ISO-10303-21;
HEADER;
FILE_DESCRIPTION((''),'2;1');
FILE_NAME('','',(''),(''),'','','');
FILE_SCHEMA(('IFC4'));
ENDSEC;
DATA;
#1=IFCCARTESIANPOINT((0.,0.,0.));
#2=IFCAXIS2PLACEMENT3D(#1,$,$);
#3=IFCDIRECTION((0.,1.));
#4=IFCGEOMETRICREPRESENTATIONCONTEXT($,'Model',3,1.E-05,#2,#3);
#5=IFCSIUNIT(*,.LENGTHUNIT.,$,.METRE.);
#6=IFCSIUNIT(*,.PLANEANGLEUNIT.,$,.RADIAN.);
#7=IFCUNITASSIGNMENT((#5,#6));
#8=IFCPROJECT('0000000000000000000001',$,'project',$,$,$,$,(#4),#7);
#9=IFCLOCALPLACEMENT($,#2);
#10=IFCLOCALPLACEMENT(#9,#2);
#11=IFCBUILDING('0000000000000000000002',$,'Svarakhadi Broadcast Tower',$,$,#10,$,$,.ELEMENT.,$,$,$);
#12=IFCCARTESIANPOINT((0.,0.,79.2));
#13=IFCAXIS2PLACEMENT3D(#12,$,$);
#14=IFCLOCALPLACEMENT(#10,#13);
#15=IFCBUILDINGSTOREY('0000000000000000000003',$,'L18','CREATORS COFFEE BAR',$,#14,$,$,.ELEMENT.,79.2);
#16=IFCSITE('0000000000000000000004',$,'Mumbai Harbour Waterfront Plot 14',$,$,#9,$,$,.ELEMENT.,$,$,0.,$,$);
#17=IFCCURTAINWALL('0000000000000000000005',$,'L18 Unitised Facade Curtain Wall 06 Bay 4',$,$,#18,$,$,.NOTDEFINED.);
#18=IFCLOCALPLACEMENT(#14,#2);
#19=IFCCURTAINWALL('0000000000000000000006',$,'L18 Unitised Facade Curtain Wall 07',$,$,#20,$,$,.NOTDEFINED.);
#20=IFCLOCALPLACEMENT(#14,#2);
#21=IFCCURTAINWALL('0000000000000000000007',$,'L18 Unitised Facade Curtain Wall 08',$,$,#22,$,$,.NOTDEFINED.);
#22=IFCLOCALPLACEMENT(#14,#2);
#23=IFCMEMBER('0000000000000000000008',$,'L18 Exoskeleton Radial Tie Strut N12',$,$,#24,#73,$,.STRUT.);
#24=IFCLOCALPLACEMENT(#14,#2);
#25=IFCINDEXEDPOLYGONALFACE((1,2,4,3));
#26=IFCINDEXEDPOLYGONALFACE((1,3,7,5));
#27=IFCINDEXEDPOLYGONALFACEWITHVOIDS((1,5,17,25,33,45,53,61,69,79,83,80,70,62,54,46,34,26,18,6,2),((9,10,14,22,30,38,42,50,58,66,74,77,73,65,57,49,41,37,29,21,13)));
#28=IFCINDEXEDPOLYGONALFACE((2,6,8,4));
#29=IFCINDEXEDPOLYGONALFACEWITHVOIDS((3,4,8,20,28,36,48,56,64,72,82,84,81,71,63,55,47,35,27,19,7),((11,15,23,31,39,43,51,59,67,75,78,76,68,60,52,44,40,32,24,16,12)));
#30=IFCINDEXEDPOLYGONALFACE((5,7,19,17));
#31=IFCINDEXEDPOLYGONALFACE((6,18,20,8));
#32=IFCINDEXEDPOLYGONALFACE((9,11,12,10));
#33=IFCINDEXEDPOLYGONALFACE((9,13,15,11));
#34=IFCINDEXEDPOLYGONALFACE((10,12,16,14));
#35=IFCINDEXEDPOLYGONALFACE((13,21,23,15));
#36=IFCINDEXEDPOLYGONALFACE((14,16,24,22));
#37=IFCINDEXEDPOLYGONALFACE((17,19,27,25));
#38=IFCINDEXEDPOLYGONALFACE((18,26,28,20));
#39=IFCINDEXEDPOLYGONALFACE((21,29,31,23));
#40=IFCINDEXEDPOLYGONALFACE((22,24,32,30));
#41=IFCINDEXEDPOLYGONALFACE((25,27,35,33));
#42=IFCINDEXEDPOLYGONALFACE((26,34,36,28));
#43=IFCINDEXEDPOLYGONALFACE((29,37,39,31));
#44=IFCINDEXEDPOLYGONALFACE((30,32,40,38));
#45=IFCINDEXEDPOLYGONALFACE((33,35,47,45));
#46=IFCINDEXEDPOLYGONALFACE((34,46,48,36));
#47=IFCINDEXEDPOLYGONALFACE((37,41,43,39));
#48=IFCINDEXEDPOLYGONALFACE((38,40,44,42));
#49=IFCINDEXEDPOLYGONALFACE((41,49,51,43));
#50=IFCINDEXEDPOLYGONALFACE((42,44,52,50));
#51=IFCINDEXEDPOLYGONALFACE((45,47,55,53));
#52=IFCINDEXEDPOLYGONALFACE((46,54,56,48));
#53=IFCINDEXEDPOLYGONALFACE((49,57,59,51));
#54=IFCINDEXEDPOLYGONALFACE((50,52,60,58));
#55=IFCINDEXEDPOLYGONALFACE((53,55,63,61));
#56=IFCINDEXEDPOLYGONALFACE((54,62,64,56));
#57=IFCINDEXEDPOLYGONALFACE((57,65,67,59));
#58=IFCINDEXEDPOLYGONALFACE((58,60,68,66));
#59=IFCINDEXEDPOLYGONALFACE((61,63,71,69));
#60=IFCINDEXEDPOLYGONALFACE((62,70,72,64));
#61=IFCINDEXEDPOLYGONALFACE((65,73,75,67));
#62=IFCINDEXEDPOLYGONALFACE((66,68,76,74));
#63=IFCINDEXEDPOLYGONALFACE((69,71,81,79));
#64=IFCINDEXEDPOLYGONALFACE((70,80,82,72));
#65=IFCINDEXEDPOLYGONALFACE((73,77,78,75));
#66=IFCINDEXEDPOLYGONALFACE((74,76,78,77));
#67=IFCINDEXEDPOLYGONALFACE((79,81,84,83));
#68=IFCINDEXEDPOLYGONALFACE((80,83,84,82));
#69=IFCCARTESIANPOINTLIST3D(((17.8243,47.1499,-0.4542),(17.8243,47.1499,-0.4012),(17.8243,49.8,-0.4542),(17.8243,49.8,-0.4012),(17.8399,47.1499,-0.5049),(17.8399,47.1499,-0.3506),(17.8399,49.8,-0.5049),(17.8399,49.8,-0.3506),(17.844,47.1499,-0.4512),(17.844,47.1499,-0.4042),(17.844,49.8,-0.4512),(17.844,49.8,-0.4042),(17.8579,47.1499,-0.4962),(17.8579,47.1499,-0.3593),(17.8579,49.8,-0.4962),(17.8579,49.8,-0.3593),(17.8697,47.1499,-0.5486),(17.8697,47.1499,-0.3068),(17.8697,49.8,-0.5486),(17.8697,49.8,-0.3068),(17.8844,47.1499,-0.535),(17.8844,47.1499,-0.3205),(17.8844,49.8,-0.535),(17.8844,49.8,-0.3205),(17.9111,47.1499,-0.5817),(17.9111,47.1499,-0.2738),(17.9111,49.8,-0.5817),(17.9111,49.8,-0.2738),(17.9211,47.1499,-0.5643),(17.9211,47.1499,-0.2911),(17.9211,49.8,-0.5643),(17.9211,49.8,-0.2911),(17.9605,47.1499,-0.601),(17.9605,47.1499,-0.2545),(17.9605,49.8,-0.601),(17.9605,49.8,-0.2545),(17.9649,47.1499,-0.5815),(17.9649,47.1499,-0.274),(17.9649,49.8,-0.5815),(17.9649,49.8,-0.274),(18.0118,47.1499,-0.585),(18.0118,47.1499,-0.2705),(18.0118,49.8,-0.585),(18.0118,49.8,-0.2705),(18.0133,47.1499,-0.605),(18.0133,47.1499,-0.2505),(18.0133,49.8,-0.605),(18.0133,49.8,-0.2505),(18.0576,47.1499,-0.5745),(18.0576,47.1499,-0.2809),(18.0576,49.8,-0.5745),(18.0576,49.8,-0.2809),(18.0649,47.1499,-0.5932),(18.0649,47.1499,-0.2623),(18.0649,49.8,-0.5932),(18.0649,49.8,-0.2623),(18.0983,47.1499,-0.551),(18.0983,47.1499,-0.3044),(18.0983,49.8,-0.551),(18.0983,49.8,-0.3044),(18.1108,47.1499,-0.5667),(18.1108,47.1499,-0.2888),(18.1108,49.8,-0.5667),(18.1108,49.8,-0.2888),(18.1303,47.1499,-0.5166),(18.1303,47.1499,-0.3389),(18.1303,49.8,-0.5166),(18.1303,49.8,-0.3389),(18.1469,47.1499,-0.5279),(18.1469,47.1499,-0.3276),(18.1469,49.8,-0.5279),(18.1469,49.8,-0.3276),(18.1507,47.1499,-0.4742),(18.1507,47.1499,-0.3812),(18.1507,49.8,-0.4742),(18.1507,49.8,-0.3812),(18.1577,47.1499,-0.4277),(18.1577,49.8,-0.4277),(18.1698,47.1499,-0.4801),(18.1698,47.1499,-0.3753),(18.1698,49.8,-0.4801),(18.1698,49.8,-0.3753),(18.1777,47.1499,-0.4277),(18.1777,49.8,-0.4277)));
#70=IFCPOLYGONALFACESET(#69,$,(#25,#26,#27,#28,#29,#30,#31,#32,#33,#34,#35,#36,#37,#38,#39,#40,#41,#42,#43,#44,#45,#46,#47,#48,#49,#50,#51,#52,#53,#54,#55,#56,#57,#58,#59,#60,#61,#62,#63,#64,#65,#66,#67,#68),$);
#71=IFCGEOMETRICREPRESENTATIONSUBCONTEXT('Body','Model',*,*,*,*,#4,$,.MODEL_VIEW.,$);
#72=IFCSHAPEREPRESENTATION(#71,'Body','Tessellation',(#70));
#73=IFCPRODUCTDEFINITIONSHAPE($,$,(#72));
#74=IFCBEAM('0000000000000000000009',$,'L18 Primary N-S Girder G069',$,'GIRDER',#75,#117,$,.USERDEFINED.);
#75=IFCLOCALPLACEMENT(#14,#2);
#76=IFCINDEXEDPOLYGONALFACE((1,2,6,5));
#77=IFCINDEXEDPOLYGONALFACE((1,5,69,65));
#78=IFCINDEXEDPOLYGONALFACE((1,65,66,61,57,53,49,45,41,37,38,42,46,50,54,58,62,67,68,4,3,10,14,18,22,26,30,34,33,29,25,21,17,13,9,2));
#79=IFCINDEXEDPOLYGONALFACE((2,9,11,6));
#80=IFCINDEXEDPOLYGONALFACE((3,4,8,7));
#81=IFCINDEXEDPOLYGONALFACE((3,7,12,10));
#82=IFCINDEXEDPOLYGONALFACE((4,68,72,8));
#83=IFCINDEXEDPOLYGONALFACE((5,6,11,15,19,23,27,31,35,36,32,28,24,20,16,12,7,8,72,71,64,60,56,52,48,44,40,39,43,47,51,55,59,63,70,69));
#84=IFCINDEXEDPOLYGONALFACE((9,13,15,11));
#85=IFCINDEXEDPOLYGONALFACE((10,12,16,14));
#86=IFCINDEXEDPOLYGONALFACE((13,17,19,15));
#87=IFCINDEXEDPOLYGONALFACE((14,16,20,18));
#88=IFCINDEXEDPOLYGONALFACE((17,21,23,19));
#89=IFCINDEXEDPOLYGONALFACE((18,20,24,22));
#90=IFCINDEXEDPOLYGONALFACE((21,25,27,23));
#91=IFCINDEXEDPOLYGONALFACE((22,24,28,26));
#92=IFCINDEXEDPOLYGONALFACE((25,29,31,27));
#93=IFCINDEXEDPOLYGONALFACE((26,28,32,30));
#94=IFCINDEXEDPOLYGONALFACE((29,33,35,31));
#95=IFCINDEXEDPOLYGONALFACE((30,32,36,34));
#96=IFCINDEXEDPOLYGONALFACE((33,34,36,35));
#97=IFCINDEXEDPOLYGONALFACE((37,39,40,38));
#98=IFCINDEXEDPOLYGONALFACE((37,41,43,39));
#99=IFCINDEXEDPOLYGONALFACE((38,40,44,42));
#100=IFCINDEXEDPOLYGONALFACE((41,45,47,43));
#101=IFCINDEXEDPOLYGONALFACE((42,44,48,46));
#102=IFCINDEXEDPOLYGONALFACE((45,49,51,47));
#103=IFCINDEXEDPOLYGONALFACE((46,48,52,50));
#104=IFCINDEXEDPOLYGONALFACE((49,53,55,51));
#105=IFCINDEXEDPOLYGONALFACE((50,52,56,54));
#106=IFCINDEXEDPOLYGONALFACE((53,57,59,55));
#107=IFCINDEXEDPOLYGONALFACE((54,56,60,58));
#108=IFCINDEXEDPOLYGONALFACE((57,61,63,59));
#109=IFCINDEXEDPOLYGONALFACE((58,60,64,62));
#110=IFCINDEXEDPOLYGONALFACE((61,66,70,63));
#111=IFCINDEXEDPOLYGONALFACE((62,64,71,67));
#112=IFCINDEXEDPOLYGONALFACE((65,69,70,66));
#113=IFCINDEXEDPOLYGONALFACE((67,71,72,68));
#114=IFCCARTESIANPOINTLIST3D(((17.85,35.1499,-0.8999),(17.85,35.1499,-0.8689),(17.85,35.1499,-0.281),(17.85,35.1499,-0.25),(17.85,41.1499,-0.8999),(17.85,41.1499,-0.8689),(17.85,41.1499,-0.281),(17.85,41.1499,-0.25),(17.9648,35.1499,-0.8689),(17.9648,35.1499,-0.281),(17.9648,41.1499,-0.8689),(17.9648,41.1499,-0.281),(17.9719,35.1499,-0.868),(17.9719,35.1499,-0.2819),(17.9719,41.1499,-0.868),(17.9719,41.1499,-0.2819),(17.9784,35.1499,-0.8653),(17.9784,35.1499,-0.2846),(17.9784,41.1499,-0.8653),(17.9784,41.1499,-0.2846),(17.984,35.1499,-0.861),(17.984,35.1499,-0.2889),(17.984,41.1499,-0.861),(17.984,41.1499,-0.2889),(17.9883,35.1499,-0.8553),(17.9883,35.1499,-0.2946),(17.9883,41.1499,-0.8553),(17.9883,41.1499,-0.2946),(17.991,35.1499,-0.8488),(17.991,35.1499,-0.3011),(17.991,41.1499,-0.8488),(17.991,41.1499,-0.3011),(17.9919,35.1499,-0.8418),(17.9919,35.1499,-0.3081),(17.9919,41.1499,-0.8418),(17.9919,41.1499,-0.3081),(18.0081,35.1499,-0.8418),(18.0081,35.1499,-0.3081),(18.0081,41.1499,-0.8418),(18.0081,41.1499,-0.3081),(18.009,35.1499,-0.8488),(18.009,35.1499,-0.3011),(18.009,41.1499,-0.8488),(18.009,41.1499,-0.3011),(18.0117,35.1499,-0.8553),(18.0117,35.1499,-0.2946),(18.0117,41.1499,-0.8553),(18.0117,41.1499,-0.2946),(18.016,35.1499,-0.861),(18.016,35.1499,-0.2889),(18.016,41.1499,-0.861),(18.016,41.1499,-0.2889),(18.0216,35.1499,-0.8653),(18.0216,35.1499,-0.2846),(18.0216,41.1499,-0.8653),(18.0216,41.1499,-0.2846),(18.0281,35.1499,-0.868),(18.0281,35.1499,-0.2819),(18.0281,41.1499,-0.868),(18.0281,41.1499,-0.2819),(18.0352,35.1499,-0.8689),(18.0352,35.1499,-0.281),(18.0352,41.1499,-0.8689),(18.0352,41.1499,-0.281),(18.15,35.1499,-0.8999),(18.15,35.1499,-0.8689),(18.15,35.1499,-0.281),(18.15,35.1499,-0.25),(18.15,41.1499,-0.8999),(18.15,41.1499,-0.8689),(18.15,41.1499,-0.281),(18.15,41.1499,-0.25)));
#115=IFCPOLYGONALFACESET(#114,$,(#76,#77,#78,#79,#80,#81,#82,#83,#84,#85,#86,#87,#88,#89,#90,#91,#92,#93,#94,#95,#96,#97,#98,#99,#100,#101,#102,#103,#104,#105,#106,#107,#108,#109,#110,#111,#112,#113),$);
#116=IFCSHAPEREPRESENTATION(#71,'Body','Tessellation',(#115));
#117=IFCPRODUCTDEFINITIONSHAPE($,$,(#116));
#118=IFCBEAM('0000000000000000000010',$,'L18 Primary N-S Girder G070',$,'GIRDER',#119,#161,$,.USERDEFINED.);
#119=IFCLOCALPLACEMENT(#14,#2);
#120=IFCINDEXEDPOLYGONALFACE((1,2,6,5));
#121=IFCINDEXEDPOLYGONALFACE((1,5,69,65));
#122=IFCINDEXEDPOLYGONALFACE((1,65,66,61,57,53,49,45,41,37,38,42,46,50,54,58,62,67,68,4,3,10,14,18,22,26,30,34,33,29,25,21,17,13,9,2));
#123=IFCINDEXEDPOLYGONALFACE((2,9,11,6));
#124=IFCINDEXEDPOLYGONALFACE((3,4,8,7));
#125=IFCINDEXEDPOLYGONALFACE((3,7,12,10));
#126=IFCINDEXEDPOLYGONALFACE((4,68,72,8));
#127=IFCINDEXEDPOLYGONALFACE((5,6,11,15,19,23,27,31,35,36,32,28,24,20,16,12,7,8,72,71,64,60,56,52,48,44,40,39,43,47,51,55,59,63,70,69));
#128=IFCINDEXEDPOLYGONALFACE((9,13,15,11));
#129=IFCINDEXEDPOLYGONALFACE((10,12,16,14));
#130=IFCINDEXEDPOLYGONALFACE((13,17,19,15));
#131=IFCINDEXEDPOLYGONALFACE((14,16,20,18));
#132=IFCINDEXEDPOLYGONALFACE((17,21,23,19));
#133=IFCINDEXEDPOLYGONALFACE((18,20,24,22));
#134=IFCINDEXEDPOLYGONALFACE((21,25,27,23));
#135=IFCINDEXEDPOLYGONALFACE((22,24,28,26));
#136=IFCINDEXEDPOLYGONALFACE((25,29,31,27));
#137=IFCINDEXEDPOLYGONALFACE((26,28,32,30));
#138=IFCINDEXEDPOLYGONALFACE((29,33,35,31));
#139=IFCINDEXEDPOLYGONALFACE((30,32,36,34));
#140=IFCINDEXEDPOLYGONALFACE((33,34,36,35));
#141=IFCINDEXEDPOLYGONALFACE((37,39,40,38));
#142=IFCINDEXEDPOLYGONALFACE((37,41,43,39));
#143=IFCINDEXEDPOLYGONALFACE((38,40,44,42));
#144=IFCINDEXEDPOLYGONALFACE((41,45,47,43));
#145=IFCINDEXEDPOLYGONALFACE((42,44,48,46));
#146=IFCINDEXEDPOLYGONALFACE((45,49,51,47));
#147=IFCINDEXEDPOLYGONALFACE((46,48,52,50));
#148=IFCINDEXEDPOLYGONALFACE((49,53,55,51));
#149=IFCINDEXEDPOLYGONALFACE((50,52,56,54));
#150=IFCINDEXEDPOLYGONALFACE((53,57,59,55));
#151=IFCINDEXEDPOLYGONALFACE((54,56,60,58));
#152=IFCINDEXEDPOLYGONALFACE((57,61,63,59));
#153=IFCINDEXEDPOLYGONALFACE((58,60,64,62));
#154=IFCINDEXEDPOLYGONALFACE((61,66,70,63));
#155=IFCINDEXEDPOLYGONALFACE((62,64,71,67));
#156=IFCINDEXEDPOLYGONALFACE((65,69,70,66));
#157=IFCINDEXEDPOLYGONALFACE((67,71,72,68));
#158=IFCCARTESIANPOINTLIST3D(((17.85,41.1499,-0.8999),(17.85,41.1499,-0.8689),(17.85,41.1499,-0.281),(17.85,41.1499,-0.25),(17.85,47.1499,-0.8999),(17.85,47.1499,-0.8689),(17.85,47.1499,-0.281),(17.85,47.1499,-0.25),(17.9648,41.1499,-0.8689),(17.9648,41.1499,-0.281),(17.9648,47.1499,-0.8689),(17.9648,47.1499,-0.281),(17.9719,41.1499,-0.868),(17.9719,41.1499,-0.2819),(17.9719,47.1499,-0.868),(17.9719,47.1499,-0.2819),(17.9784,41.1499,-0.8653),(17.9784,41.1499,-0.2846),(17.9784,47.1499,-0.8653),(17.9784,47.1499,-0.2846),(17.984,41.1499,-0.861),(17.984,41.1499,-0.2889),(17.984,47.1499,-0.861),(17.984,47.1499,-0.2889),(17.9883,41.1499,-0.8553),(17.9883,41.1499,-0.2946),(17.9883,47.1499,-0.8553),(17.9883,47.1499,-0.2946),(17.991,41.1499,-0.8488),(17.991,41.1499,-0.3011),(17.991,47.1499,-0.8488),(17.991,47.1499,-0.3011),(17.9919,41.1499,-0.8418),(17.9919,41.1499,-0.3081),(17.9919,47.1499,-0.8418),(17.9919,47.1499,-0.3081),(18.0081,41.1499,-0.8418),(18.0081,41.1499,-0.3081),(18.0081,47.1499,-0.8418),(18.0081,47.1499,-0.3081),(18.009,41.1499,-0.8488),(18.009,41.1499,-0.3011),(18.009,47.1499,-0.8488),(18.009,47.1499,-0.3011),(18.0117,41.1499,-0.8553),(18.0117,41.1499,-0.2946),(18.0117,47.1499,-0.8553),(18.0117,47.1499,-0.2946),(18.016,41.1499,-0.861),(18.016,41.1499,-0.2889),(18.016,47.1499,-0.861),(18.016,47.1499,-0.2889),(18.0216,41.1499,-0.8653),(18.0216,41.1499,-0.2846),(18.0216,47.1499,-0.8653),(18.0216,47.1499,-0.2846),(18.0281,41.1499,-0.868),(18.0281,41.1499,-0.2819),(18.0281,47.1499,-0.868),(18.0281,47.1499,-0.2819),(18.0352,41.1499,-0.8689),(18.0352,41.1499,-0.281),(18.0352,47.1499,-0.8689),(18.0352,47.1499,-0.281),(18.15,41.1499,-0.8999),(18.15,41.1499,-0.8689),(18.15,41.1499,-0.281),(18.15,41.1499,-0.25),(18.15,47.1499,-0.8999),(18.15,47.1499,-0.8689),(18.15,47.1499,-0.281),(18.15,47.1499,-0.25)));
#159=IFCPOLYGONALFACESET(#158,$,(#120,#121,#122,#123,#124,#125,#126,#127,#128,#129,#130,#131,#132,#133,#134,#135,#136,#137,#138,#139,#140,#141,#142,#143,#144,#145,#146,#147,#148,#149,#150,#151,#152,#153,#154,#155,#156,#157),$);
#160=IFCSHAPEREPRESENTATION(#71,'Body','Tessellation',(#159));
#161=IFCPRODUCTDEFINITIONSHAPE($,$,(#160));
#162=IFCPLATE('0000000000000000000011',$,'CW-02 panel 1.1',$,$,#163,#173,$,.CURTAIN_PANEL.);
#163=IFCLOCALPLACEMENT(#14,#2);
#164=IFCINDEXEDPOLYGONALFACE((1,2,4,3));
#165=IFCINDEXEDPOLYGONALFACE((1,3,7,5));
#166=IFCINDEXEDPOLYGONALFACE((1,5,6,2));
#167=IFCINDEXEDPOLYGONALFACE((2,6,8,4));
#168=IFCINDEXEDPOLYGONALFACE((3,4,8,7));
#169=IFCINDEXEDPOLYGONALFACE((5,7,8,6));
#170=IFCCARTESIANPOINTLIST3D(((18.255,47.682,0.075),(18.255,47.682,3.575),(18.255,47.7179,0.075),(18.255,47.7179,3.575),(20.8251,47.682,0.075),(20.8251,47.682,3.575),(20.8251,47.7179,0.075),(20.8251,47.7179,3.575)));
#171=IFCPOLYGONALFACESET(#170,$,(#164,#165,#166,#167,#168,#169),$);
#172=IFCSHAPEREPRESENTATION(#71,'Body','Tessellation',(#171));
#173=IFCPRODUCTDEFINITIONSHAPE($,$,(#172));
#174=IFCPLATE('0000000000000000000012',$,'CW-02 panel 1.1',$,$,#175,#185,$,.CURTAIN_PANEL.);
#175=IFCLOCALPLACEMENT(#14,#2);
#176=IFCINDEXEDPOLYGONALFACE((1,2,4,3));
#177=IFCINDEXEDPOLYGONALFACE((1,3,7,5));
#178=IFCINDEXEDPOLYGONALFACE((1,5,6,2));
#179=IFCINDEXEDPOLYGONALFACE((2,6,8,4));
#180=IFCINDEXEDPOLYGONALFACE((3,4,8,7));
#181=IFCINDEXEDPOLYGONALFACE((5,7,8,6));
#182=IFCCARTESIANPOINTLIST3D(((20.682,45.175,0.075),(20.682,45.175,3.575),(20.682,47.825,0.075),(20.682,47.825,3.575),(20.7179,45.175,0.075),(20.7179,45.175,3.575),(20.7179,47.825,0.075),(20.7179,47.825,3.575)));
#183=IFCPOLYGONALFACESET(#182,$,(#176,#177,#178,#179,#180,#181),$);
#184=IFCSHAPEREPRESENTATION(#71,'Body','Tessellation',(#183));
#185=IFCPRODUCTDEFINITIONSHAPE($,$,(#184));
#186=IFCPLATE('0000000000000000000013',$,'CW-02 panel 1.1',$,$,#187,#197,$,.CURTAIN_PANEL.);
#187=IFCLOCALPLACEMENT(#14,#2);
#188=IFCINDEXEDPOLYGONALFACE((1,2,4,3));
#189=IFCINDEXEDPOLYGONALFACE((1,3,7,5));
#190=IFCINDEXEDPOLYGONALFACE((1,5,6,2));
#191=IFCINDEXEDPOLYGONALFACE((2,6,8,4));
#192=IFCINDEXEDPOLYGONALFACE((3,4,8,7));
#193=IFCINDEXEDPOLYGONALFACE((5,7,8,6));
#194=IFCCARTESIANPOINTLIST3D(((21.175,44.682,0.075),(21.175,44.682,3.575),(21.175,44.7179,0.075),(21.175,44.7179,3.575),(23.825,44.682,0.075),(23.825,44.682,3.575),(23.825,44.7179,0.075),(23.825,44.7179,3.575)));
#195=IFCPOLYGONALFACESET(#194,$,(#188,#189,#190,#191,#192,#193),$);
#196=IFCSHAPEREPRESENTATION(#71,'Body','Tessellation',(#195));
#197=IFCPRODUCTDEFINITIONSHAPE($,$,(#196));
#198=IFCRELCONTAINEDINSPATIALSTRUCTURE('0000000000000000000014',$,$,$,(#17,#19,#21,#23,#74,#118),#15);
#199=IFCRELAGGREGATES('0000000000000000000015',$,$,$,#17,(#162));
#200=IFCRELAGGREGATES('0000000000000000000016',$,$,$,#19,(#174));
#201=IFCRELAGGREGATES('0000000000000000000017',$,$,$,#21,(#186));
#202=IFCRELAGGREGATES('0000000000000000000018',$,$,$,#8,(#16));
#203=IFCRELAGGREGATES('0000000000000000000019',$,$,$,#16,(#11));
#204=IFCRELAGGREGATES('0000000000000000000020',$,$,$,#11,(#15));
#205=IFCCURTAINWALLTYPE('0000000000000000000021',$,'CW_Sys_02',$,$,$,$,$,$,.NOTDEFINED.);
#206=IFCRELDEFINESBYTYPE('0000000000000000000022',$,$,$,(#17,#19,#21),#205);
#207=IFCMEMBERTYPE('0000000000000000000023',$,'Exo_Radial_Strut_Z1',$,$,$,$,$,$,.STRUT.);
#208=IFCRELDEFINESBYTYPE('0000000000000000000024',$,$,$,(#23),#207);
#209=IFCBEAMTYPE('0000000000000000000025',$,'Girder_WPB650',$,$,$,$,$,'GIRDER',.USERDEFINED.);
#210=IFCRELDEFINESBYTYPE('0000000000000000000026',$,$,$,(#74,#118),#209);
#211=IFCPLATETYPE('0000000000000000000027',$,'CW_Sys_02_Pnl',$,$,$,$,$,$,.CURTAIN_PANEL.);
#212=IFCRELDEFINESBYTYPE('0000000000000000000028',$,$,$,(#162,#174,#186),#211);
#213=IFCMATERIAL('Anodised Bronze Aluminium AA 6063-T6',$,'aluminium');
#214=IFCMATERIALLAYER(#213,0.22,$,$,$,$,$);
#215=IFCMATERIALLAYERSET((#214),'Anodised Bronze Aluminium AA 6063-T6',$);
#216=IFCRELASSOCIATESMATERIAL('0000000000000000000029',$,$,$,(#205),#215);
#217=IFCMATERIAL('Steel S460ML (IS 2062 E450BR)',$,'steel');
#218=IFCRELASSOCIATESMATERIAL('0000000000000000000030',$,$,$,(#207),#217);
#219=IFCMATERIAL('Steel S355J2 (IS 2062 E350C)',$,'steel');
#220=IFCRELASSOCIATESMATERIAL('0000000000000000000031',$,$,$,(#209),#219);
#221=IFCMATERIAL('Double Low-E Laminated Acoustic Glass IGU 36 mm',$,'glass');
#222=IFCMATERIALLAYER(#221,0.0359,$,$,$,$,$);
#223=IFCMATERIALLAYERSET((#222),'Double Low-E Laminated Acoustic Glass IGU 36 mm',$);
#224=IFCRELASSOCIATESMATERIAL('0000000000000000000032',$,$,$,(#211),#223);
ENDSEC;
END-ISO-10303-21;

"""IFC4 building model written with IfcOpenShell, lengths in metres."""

from ifc_helpers import new_model, si_unit, direction, frame, origin, origin_2d, place, context, subcontext, project, spatial, rectangle, hollow_circle, i_section, extrude, material, layer, layer_set, material_profile, profile_set, type_object, element, aggregate, save


model = new_model("IFC4")

# Units and contexts
model_context = context("Model", 3, precision=1e-05, world=origin(), true_north=direction((0.0, 1.0)))
body_context = subcontext(model_context, "Body", "Model", "MODEL_VIEW")
ifc_project = project(units=[si_unit("LENGTHUNIT", "METRE"), si_unit("PLANEANGLEUNIT", "RADIAN")], contexts=[model_context])

# Site, building, storey
site_placement = place(None, origin())
site = spatial("IfcSite", under=ifc_project, at=site_placement, Name="Mumbai Harbour Waterfront Plot 14", CompositionType="ELEMENT", RefElevation=0.0)
building_placement = place(site_placement, origin())
building = spatial("IfcBuilding", under=site, at=building_placement, Name="Svarakhadi Broadcast Tower", CompositionType="ELEMENT")
storey_placement = place(building_placement, frame((0.0, 0.0, 79.2)))
storey = spatial("IfcBuildingStorey", under=building, at=storey_placement, Name="L18", Description="CREATORS COFFEE BAR", CompositionType="ELEMENT", Elevation=79.2)

# Curtain walls
ifc_material_1 = material(Name="Anodised Bronze Aluminium AA 6063-T6", Category="aluminium")
ifc_layer_1 = layer(ifc_material_1, 0.22)
ifc_layer_set_1 = layer_set([ifc_layer_1], Name="Anodised Bronze Aluminium AA 6063-T6")
curtain_wall_type = type_object("IfcCurtainWallType", Name="CW_Sys_02", PredefinedType="NOTDEFINED", material=ifc_layer_set_1)
curtain_wall_1_placement = place(storey_placement, origin())
curtain_wall_1 = element("IfcCurtainWall", 1, at=curtain_wall_1_placement, inside=storey, type_object=curtain_wall_type, Name="L18 Unitised Facade Curtain Wall 06 Bay 4", PredefinedType="NOTDEFINED")
curtain_wall_2_placement = place(storey_placement, origin())
curtain_wall_2 = element("IfcCurtainWall", 2, at=curtain_wall_2_placement, inside=storey, type_object=curtain_wall_type, Name="L18 Unitised Facade Curtain Wall 07", PredefinedType="NOTDEFINED")

# Curtain wall
curtain_wall_3_placement = place(storey_placement, origin())
curtain_wall_3 = element("IfcCurtainWall", 3, at=curtain_wall_3_placement, inside=storey, type_object=curtain_wall_type, Name="L18 Unitised Facade Curtain Wall 08", PredefinedType="NOTDEFINED")

# Member
ifc_material_2 = material(Name="Steel S460ML (IS 2062 E450BR)", Category="steel")
ifc_material_profile_1 = material_profile(ifc_material_2, hollow_circle(Radius=0.1777, WallThickness=0.02, at=origin_2d()), Name="CHS 355.6x20")
ifc_profile_set_1 = profile_set([ifc_material_profile_1], Name="Steel S460ML (IS 2062 E450BR)")
member_type_1 = type_object("IfcMemberType", Name="Exo_Radial_Strut_Z1", PredefinedType="STRUT", material=ifc_profile_set_1)
member_1_placement = place(storey_placement, frame((18.0, 49.8, -0.4277), z_axis=(0.0, -1.0, 0.0), x_axis=(1.0, 0.0, 0.0)))
element("IfcMember", 4, at=member_1_placement, inside=storey, type_object=member_type_1, Name="L18 Exoskeleton Radial Tie Strut N12", PredefinedType="STRUT", context=body_context, shape_type="SweptSolid", body=[
    extrude(hollow_circle(Radius=0.1777, WallThickness=0.02, at=origin_2d()), origin(), (0.0, 0.0, 1.0), 2.6501),
])

# Beams
ifc_material_3 = material(Name="Steel S355J2 (IS 2062 E350C)", Category="steel")
ifc_material_profile_2 = material_profile(ifc_material_3, i_section(OverallWidth=0.3, OverallDepth=0.6499, WebThickness=0.0161, FlangeThickness=0.031, FilletRadius=0.0271, at=origin_2d()), Name="WPB 650x300x225")
ifc_profile_set_2 = profile_set([ifc_material_profile_2], Name="Steel S355J2 (IS 2062 E350C)")
beam_type = type_object("IfcBeamType", Name="Girder_WPB650", ElementType="GIRDER", PredefinedType="USERDEFINED", material=ifc_profile_set_2)
for number, where, z_axis, x_axis, name in (
    (5, (18.0, 35.1499, -0.575), (0.0, 1.0, 0.0), (-1.0, 0.0, 0.0), "L18 Primary N-S Girder G069"),
    (6, (18.0, 41.1499, -0.575), (0.0, 1.0, 0.0), (-1.0, 0.0, 0.0), "L18 Primary N-S Girder G070"),
):
    element("IfcBeam", number, at=place(storey_placement, frame(where, z_axis=z_axis, x_axis=x_axis)), inside=storey, type_object=beam_type, Name=name, ObjectType="GIRDER", PredefinedType="USERDEFINED", context=body_context, shape_type="SweptSolid", body=[
        extrude(i_section(OverallWidth=0.3, OverallDepth=0.6499, WebThickness=0.0161, FlangeThickness=0.031, FilletRadius=0.0271, at=origin_2d()), origin(), (0.0, 0.0, 1.0), 6.0),
    ])

# Plates
ifc_material_4 = material(Name="Double Low-E Laminated Acoustic Glass IGU 36 mm", Category="glass")
ifc_layer_2 = layer(ifc_material_4, 0.0359)
ifc_layer_set_2 = layer_set([ifc_layer_2], Name="Double Low-E Laminated Acoustic Glass IGU 36 mm")
plate_type_1 = type_object("IfcPlateType", Name="CW_Sys_02_Pnl", PredefinedType="CURTAIN_PANEL", material=ifc_layer_set_2)
plate_1_placement = place(storey_placement, frame((19.54, 47.7, 0.075), z_axis=(0.0, 0.0, 1.0), x_axis=(1.0, 0.0, 0.0)))
plate_1 = element("IfcPlate", 7, at=plate_1_placement, type_object=plate_type_1, Name="CW-02 panel 1.1", PredefinedType="CURTAIN_PANEL", context=body_context, shape_type="SweptSolid", body=[
    extrude(rectangle(XDim=2.5701, YDim=0.0359, at=origin_2d()), origin(), (0.0, 0.0, 1.0), 3.5),
])
aggregate(curtain_wall_1, [plate_1])
plate_2_placement = place(storey_placement, frame((20.7, 46.5, 0.075), z_axis=(0.0, 0.0, 1.0), x_axis=(0.0, -1.0, 0.0)))
plate_2 = element("IfcPlate", 8, at=plate_2_placement, type_object=plate_type_1, Name="CW-02 panel 1.1", PredefinedType="CURTAIN_PANEL", context=body_context, shape_type="SweptSolid", body=[
    extrude(rectangle(XDim=2.6499, YDim=0.0359, at=origin_2d()), origin(), (0.0, 0.0, 1.0), 3.5),
])
aggregate(curtain_wall_2, [plate_2])
plate_3_placement = place(storey_placement, frame((22.5, 44.7, 0.075), z_axis=(0.0, 0.0, 1.0), x_axis=(1.0, 0.0, 0.0)))
plate_3 = element("IfcPlate", 9, at=plate_3_placement, type_object=plate_type_1, Name="CW-02 panel 1.1", PredefinedType="CURTAIN_PANEL", context=body_context, shape_type="SweptSolid", body=[
    extrude(rectangle(XDim=2.6499, YDim=0.0359, at=origin_2d()), origin(), (0.0, 0.0, 1.0), 3.5),
])
aggregate(curtain_wall_3, [plate_3])

save(model, "model.ifc")
